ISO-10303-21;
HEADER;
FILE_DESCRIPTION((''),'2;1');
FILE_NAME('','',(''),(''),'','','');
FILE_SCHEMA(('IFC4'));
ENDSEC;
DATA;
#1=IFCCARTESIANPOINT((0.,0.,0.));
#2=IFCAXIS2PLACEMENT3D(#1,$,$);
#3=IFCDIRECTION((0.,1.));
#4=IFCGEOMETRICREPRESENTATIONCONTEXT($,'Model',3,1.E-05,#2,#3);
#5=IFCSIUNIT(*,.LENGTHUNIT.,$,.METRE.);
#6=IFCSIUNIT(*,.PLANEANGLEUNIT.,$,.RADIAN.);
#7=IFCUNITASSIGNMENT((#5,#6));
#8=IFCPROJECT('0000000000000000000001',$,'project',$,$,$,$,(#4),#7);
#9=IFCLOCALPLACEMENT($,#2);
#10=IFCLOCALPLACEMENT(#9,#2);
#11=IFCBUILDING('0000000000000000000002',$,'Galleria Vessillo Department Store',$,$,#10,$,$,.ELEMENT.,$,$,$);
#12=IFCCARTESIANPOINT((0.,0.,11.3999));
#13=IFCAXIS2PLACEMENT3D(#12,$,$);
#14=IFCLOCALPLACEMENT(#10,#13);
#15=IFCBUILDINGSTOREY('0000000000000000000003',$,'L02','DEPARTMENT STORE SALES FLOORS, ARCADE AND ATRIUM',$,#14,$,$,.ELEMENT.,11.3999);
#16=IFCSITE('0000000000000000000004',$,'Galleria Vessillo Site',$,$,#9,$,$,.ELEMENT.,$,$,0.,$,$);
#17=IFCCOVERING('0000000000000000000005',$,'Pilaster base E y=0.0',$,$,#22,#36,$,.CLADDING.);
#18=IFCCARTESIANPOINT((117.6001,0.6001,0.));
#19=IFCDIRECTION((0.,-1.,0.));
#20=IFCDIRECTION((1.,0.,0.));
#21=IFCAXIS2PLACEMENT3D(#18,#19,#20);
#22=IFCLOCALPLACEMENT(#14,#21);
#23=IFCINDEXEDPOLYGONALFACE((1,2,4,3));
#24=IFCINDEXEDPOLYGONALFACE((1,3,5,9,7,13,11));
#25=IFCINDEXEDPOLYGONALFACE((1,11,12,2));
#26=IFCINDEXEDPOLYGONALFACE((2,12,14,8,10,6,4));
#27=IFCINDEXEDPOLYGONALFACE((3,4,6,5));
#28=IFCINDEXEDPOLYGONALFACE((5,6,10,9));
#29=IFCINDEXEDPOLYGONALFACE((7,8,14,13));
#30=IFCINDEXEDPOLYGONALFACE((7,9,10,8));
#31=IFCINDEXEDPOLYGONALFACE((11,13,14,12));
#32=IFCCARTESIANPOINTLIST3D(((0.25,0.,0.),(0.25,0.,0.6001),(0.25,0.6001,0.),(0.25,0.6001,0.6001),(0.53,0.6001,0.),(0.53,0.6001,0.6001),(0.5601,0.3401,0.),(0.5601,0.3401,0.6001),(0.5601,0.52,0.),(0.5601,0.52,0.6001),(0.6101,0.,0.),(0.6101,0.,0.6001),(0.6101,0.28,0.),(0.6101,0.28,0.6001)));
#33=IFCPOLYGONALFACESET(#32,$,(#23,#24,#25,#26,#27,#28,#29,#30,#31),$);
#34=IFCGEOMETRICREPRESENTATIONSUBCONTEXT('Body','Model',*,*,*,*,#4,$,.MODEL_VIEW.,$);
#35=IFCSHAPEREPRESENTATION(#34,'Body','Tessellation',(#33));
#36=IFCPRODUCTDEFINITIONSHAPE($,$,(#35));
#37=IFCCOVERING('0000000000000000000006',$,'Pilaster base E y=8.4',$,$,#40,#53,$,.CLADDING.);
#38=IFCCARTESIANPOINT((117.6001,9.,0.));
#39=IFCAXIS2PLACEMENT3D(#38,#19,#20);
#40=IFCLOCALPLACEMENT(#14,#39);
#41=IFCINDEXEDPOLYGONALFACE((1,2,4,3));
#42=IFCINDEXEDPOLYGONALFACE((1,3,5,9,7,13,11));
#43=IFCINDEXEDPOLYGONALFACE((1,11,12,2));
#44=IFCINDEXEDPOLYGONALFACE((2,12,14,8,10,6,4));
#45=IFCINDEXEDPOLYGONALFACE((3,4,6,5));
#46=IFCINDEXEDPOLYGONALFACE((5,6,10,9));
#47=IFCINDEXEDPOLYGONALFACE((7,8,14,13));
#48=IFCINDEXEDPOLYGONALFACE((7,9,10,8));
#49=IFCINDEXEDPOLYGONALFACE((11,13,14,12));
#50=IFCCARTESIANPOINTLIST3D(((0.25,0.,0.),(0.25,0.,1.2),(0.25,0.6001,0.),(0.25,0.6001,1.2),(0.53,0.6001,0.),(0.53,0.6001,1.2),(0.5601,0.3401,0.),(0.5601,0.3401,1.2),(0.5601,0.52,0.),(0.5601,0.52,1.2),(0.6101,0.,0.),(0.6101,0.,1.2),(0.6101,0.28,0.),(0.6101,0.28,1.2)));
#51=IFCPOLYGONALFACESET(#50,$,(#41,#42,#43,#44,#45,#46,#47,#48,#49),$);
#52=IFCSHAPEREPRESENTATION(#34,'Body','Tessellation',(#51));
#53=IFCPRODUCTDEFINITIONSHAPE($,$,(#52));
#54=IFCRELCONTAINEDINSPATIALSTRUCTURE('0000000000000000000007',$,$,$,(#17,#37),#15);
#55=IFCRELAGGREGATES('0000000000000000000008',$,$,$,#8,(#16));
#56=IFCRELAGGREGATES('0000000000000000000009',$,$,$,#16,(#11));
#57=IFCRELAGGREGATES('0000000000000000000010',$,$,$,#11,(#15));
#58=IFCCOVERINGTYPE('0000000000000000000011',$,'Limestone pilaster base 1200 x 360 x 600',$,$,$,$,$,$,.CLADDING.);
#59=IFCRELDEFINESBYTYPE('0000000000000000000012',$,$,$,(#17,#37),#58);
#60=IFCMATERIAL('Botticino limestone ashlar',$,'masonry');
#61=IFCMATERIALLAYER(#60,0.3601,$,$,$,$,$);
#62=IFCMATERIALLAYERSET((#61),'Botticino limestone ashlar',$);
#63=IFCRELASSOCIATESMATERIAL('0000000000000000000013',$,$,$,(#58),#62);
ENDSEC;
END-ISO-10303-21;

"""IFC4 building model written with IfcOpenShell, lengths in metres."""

from ifc_helpers import new_model, si_unit, direction, frame, origin, place, context, subcontext, project, spatial, polyline, outline, extrude, material, layer, layer_set, type_object, element, save


model = new_model("IFC4")

# Units and contexts
model_context = context("Model", 3, precision=1e-05, world=origin(), true_north=direction((0.0, 1.0)))
body_context = subcontext(model_context, "Body", "Model", "MODEL_VIEW")
ifc_project = project(units=[si_unit("LENGTHUNIT", "METRE"), si_unit("PLANEANGLEUNIT", "RADIAN")], contexts=[model_context])

# Site, building, storey
site_placement = place(None, origin())
site = spatial("IfcSite", under=ifc_project, at=site_placement, Name="Galleria Vessillo Site", CompositionType="ELEMENT", RefElevation=0.0)
building_placement = place(site_placement, origin())
building = spatial("IfcBuilding", under=site, at=building_placement, Name="Galleria Vessillo Department Store", CompositionType="ELEMENT")
storey_placement = place(building_placement, frame((0.0, 0.0, 11.3999)))
storey = spatial("IfcBuildingStorey", under=building, at=storey_placement, Name="L02", Description="DEPARTMENT STORE SALES FLOORS, ARCADE AND ATRIUM", CompositionType="ELEMENT", Elevation=11.3999)

# Coverings
ifc_material_1 = material(Name="Botticino limestone ashlar", Category="masonry")
ifc_layer_1 = layer(ifc_material_1, 0.3601)
ifc_layer_set_1 = layer_set([ifc_layer_1], Name="Botticino limestone ashlar")
covering_type_1 = type_object("IfcCoveringType", Name="Limestone pilaster base 1200 x 360 x 600", PredefinedType="CLADDING", material=ifc_layer_set_1)
covering_1_placement = place(storey_placement, frame((117.6001, 0.6001, 0.0), z_axis=(0.0, -1.0, 0.0), x_axis=(1.0, 0.0, 0.0)))
element("IfcCovering", 1, at=covering_1_placement, inside=storey, type_object=covering_type_1, Name="Pilaster base E y=0.0", PredefinedType="CLADDING", context=body_context, shape_type="SweptSolid", body=[
    extrude(outline(polyline([(0.25, 0.0), (0.6101, 0.0), (0.6101, 0.28), (0.5601, 0.3401), (0.5601, 0.52), (0.53, 0.6001), (0.25, 0.6001), (0.25, 0.0)])), origin(), (0.0, 0.0, 1.0), 0.6001),
])
covering_2_placement = place(storey_placement, frame((117.6001, 9.0, 0.0), z_axis=(0.0, -1.0, 0.0), x_axis=(1.0, 0.0, 0.0)))
element("IfcCovering", 2, at=covering_2_placement, inside=storey, type_object=covering_type_1, Name="Pilaster base E y=8.4", PredefinedType="CLADDING", context=body_context, shape_type="SweptSolid", body=[
    extrude(outline(polyline([(0.25, 0.0), (0.6101, 0.0), (0.6101, 0.28), (0.5601, 0.3401), (0.5601, 0.52), (0.53, 0.6001), (0.25, 0.6001), (0.25, 0.0)])), origin(), (0.0, 0.0, 1.0), 1.2),
])

save(model, "model.ifc")
